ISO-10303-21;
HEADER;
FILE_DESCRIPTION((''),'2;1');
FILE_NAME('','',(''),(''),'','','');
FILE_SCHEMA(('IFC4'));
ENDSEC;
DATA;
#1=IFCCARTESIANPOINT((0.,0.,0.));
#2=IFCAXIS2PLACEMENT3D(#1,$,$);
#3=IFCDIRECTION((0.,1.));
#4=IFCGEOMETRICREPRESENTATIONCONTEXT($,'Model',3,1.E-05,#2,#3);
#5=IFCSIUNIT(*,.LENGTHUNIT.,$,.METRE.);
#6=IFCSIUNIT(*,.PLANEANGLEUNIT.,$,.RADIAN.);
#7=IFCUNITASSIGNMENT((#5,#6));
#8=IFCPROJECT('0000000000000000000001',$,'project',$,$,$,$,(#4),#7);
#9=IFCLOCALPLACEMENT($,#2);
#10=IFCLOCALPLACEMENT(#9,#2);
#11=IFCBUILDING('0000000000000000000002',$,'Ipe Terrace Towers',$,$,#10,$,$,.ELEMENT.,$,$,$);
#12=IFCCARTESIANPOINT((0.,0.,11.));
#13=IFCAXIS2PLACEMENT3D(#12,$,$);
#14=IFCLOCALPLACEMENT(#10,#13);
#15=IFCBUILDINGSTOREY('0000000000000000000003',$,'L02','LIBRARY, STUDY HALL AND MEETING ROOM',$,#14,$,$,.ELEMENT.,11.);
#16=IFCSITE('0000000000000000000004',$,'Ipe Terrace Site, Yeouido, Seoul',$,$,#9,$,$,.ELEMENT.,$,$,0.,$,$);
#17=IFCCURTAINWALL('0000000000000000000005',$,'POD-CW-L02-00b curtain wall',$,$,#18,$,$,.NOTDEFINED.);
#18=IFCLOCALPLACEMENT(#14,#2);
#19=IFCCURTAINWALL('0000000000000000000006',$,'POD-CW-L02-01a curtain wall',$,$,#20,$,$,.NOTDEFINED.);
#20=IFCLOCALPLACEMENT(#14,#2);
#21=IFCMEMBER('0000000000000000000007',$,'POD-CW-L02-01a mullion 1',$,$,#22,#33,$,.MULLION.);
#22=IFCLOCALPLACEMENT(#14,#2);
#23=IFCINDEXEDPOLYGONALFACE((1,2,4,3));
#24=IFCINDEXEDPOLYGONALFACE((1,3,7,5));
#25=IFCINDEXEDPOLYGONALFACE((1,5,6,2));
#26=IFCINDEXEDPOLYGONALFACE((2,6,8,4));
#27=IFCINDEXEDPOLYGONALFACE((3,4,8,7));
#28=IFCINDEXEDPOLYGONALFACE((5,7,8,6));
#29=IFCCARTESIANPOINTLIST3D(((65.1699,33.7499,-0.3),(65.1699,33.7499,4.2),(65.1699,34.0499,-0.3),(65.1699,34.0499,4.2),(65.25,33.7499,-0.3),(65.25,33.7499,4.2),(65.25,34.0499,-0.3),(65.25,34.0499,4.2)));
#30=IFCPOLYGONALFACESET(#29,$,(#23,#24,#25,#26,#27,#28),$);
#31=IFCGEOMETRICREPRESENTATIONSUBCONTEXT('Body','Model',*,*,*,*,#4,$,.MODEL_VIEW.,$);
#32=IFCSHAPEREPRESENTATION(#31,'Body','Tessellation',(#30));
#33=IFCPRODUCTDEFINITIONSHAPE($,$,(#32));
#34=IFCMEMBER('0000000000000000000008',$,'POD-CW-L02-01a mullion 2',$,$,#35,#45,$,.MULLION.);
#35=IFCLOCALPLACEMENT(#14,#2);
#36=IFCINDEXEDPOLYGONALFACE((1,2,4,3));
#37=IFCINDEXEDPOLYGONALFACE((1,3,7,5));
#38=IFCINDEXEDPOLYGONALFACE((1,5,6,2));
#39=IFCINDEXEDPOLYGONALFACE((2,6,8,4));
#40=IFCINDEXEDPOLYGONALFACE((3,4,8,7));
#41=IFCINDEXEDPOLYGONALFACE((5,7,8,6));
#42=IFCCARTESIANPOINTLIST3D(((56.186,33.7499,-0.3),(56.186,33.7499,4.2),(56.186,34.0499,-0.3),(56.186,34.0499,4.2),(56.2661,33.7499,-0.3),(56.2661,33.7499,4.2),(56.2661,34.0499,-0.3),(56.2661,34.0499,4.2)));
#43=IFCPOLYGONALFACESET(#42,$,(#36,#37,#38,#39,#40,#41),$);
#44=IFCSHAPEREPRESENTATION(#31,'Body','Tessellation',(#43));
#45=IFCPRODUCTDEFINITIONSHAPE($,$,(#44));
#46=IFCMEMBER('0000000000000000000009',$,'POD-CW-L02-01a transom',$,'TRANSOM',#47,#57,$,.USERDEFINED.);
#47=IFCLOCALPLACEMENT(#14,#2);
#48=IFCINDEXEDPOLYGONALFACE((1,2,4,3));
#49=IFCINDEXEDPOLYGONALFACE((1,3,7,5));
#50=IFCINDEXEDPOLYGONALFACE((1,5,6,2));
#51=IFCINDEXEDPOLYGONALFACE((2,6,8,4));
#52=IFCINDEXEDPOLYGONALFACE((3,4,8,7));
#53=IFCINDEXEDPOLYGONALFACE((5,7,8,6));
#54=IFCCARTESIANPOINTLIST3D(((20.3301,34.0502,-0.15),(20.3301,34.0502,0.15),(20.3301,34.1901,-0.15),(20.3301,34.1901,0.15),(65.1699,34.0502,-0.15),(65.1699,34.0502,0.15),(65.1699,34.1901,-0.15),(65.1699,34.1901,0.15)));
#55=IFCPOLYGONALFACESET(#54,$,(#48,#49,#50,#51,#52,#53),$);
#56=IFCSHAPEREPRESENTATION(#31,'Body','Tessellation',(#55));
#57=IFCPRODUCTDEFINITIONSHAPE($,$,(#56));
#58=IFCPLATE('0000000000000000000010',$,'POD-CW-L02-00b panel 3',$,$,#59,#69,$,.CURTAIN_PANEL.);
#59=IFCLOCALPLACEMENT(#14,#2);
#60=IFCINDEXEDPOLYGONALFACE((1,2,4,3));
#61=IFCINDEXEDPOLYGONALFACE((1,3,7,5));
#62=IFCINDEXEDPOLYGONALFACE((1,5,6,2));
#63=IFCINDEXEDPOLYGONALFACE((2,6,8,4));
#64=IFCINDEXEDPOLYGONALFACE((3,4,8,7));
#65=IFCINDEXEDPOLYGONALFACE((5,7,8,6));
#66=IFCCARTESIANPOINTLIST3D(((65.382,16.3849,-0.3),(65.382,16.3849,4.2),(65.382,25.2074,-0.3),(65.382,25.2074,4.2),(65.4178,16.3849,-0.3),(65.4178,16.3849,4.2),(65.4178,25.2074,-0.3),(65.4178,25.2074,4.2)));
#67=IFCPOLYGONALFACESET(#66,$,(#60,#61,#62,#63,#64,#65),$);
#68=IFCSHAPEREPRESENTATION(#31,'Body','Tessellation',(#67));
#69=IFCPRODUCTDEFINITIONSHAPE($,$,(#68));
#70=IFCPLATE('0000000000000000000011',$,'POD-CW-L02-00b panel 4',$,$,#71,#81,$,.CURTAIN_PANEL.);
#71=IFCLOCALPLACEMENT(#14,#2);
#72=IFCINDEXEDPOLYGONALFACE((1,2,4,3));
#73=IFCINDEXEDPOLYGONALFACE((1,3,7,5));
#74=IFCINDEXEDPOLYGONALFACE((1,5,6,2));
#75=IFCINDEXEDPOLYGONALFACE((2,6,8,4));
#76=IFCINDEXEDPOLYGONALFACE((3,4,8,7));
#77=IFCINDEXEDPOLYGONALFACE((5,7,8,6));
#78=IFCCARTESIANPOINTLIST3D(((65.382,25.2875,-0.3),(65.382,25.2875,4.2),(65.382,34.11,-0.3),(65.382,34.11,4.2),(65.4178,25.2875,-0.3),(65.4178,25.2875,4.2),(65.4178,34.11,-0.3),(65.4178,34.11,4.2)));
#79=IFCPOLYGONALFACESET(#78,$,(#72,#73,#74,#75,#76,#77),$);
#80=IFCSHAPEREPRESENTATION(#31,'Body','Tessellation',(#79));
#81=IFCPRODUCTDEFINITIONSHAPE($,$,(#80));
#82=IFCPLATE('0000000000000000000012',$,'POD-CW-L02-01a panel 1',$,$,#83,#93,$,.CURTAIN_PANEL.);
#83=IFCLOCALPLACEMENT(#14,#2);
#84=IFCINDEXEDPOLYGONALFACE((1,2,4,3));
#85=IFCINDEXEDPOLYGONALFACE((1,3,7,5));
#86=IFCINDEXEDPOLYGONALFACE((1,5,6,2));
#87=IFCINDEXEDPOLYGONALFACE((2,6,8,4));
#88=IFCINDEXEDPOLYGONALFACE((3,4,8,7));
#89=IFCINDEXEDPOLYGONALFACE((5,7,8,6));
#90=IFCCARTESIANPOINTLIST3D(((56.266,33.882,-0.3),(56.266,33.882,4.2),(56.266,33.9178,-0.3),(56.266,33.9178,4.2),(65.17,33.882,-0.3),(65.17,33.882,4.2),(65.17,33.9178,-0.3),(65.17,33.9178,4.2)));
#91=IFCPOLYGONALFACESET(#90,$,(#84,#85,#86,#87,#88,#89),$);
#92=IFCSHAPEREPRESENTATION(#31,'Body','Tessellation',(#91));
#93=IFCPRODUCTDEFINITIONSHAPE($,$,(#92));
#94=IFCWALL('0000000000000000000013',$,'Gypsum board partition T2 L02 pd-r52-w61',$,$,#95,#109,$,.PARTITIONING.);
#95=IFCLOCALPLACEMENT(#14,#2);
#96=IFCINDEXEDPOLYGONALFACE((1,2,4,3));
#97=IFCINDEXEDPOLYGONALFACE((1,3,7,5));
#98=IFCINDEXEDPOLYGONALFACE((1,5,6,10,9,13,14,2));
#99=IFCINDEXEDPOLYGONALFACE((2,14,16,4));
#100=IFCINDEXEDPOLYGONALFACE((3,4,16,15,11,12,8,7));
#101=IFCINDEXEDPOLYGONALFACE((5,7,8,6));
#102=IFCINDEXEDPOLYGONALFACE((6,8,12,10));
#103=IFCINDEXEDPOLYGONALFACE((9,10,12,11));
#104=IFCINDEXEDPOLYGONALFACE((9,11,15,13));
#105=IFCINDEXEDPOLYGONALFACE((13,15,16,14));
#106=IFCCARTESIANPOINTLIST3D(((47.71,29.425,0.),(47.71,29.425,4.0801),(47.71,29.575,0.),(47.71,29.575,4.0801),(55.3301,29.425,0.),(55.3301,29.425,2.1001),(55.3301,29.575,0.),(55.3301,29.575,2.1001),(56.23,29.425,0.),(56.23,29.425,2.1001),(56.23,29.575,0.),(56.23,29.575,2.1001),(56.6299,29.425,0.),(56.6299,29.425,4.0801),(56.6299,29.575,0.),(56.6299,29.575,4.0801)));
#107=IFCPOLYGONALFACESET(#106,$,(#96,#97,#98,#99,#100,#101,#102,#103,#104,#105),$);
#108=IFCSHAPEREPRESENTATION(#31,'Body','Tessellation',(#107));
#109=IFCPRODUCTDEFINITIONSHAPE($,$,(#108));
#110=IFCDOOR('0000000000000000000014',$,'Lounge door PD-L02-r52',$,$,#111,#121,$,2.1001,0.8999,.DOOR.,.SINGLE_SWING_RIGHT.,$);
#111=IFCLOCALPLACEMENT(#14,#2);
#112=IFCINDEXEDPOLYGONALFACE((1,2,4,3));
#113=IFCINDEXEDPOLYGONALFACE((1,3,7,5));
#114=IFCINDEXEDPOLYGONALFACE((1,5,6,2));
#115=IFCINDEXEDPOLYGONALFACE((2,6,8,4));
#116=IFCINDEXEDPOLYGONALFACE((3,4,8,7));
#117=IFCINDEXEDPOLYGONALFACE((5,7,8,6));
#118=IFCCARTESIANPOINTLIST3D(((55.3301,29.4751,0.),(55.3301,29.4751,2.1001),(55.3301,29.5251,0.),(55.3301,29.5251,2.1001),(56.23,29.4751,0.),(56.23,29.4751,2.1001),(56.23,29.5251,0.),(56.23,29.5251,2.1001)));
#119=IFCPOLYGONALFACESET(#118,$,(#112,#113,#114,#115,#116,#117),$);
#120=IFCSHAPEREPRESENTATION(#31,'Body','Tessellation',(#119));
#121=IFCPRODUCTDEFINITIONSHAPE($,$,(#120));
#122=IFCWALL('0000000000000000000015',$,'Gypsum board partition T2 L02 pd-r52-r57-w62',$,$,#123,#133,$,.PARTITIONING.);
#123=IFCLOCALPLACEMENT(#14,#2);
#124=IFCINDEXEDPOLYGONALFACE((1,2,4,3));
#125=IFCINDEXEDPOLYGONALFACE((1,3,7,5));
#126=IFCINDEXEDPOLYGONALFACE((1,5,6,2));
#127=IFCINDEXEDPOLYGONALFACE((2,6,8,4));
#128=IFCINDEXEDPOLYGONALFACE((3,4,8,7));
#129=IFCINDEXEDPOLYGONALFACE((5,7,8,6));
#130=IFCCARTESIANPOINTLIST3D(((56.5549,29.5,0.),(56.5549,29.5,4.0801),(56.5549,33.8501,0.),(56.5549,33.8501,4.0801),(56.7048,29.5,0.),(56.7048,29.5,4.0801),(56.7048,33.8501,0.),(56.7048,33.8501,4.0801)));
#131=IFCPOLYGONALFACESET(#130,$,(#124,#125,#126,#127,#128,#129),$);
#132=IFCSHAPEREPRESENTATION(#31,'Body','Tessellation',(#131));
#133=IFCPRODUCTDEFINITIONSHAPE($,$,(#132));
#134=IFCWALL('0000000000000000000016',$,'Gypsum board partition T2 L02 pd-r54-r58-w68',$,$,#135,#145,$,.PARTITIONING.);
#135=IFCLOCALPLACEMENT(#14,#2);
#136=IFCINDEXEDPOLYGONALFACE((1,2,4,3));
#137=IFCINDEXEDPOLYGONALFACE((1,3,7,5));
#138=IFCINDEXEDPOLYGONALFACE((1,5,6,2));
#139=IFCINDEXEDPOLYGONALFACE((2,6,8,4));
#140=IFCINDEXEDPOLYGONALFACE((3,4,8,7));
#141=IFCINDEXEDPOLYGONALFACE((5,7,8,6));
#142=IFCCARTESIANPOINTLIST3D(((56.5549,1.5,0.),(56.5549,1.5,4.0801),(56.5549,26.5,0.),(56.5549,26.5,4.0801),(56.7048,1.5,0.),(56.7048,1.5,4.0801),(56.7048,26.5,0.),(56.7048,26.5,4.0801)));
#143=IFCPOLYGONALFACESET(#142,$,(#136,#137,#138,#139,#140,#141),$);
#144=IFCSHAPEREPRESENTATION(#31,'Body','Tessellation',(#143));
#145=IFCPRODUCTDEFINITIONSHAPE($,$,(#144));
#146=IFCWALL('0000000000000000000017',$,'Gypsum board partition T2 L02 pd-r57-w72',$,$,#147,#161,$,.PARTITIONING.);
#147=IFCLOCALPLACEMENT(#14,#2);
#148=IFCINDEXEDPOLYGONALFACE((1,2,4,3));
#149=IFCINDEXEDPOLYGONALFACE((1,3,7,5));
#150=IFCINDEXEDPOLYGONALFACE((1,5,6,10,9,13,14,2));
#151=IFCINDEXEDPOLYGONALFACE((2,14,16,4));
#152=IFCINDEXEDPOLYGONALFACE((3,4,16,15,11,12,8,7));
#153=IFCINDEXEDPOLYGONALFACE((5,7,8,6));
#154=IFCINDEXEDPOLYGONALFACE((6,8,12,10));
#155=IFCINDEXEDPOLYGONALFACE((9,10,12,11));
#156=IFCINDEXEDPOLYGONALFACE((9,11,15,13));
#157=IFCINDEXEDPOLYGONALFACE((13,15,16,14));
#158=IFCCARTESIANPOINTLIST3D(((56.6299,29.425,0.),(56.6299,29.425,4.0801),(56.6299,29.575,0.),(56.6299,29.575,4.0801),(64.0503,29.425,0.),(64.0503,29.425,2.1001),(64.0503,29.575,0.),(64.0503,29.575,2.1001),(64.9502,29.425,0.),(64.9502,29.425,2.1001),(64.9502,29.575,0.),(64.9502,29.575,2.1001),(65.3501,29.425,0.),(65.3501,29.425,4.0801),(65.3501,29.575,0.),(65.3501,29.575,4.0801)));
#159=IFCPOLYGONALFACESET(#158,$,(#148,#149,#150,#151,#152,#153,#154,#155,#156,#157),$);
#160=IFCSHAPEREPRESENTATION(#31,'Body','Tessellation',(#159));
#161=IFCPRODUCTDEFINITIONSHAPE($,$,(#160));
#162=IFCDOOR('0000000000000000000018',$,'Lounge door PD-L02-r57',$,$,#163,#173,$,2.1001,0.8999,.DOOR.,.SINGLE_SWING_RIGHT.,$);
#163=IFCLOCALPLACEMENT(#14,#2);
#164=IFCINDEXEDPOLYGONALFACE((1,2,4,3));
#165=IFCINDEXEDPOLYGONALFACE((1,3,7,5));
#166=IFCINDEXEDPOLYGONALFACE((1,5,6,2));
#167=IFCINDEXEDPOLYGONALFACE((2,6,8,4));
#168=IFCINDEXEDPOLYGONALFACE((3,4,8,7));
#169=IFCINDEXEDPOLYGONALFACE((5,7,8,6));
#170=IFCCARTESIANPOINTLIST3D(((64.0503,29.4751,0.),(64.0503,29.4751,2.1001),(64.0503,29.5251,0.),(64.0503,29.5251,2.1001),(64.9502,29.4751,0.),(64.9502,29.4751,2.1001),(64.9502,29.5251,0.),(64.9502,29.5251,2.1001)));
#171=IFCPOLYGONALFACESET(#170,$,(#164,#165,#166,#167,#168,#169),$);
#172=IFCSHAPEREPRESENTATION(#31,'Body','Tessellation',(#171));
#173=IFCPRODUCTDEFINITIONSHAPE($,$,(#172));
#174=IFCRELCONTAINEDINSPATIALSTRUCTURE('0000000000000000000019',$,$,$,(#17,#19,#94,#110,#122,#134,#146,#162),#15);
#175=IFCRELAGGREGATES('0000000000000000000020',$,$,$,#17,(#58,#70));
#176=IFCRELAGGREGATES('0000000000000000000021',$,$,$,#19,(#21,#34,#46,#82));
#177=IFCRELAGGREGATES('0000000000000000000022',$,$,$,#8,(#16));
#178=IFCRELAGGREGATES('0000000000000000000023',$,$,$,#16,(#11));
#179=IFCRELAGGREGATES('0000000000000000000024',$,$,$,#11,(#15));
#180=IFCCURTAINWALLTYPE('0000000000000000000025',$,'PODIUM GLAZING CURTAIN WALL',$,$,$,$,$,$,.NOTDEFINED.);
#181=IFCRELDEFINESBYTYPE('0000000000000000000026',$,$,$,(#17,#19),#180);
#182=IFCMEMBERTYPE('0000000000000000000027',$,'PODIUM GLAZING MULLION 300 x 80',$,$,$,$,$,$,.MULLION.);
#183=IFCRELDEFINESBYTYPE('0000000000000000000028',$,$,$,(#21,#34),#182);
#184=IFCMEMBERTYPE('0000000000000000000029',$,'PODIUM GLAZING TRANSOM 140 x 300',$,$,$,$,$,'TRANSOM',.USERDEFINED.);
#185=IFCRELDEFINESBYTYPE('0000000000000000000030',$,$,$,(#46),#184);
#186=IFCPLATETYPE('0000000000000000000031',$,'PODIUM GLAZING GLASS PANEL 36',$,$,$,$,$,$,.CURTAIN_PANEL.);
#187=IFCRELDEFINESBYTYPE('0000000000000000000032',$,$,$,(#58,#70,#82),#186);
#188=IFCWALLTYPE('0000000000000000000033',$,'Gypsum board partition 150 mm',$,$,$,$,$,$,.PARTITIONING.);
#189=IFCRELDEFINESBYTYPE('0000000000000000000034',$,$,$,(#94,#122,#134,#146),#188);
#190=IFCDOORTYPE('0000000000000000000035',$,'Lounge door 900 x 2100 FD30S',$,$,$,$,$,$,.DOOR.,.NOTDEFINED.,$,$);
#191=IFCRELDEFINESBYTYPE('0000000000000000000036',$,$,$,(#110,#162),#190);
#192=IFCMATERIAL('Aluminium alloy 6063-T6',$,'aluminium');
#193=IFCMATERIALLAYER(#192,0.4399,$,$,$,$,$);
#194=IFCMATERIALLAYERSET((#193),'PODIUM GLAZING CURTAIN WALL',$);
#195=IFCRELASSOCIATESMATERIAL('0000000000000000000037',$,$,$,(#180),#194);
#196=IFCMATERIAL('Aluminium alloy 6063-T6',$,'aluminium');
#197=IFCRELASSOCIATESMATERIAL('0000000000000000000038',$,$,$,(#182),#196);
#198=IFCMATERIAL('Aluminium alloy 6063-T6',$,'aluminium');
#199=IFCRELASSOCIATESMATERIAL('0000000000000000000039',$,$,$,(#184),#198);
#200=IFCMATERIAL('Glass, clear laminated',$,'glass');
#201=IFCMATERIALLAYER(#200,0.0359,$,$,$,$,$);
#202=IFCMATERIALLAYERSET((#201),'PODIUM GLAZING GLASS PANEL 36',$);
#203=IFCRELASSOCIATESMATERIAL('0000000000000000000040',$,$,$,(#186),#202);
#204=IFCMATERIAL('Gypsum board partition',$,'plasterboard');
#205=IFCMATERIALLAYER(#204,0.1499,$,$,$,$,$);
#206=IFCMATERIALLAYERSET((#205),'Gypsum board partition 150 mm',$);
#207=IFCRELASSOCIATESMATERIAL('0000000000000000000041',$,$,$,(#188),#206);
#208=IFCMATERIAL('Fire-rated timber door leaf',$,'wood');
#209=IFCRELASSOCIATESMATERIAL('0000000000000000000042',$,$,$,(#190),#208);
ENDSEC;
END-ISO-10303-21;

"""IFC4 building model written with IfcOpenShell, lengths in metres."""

from ifc_helpers import new_model, si_unit, direction, frame, frame_2d, origin, origin_2d, place, context, subcontext, project, spatial, rectangle, extrude, material, layer, layer_set, material_profile, profile_set, type_object, element, fill, aggregate, save


model = new_model("IFC4")

# Units and contexts
model_context = context("Model", 3, precision=1e-05, world=origin(), true_north=direction((0.0, 1.0)))
body_context = subcontext(model_context, "Body", "Model", "MODEL_VIEW")
ifc_project = project(units=[si_unit("LENGTHUNIT", "METRE"), si_unit("PLANEANGLEUNIT", "RADIAN")], contexts=[model_context])

# Site, building, storey
site_placement = place(None, origin())
site = spatial("IfcSite", under=ifc_project, at=site_placement, Name="Ipe Terrace Site, Yeouido, Seoul", CompositionType="ELEMENT", RefElevation=0.0)
building_placement = place(site_placement, origin())
building = spatial("IfcBuilding", under=site, at=building_placement, Name="Ipe Terrace Towers", CompositionType="ELEMENT")
storey_placement = place(building_placement, frame((0.0, 0.0, 11.0)))
storey = spatial("IfcBuildingStorey", under=building, at=storey_placement, Name="L02", Description="LIBRARY, STUDY HALL AND MEETING ROOM", CompositionType="ELEMENT", Elevation=11.0)

# Curtain walls, members
ifc_material_1 = material(Name="Aluminium alloy 6063-T6", Category="aluminium")
ifc_layer_1 = layer(ifc_material_1, 0.4399)
ifc_layer_set_1 = layer_set([ifc_layer_1], Name="PODIUM GLAZING CURTAIN WALL")
curtain_wall_type = type_object("IfcCurtainWallType", Name="PODIUM GLAZING CURTAIN WALL", PredefinedType="NOTDEFINED", material=ifc_layer_set_1)
curtain_wall_1_placement = place(storey_placement, origin())
curtain_wall_1 = element("IfcCurtainWall", 1, at=curtain_wall_1_placement, inside=storey, type_object=curtain_wall_type, Name="POD-CW-L02-00b curtain wall", PredefinedType="NOTDEFINED")
ifc_material_2 = material(Name="Aluminium alloy 6063-T6", Category="aluminium")
ifc_material_profile_1 = material_profile(ifc_material_2, rectangle(XDim=0.3, YDim=0.0801, at=origin_2d()), Name="PODIUM GLAZING MULLION 300 x 80")
ifc_profile_set_1 = profile_set([ifc_material_profile_1], Name="Aluminium alloy 6063-T6")
member_type_1 = type_object("IfcMemberType", Name="PODIUM GLAZING MULLION 300 x 80", PredefinedType="MULLION", material=ifc_profile_set_1)
curtain_wall_2_placement = place(storey_placement, origin())
curtain_wall_2 = element("IfcCurtainWall", 2, at=curtain_wall_2_placement, inside=storey, type_object=curtain_wall_type, Name="POD-CW-L02-01a curtain wall", PredefinedType="NOTDEFINED")
member_1_placement = place(storey_placement, frame((65.21, 33.8999, -0.3), z_axis=(0.0, 0.0, 1.0), x_axis=(0.0, 1.0, 0.0)))
member_1 = element("IfcMember", 3, at=member_1_placement, type_object=member_type_1, Name="POD-CW-L02-01a mullion 1", PredefinedType="MULLION", context=body_context, shape_type="SweptSolid", body=[
    extrude(rectangle(XDim=0.3, YDim=0.0801, at=origin_2d()), origin(), (0.0, 0.0, 1.0), 4.5),
])
member_2_placement = place(storey_placement, frame((56.2261, 33.8999, -0.3), z_axis=(0.0, 0.0, 1.0), x_axis=(0.0, 1.0, 0.0)))
member_2 = element("IfcMember", 4, at=member_2_placement, type_object=member_type_1, Name="POD-CW-L02-01a mullion 2", PredefinedType="MULLION", context=body_context, shape_type="SweptSolid", body=[
    extrude(rectangle(XDim=0.3, YDim=0.0801, at=origin_2d()), origin(), (0.0, 0.0, 1.0), 4.5),
])
ifc_material_3 = material(Name="Aluminium alloy 6063-T6", Category="aluminium")
ifc_material_profile_2 = material_profile(ifc_material_3, rectangle(XDim=0.1399, YDim=0.3, at=origin_2d()), Name="PODIUM GLAZING TRANSOM 140 x 300")
ifc_profile_set_2 = profile_set([ifc_material_profile_2], Name="Aluminium alloy 6063-T6")
member_type_2 = type_object("IfcMemberType", Name="PODIUM GLAZING TRANSOM 140 x 300", ElementType="TRANSOM", PredefinedType="USERDEFINED", material=ifc_profile_set_2)
member_3_placement = place(storey_placement, frame((65.1699, 34.1201, 0.0), z_axis=(-1.0, 0.0, 0.0), x_axis=(0.0, 1.0, 0.0)))
member_3 = element("IfcMember", 5, at=member_3_placement, type_object=member_type_2, Name="POD-CW-L02-01a transom", ObjectType="TRANSOM", PredefinedType="USERDEFINED", context=body_context, shape_type="SweptSolid", body=[
    extrude(rectangle(XDim=0.1399, YDim=0.3, at=origin_2d()), origin(), (0.0, 0.0, 1.0), 44.8398),
])

# Plates
ifc_material_4 = material(Name="Glass, clear laminated", Category="glass")
ifc_layer_2 = layer(ifc_material_4, 0.0359)
ifc_layer_set_2 = layer_set([ifc_layer_2], Name="PODIUM GLAZING GLASS PANEL 36")
plate_type = type_object("IfcPlateType", Name="PODIUM GLAZING GLASS PANEL 36", PredefinedType="CURTAIN_PANEL", material=ifc_layer_set_2)
plate_1_placement = place(storey_placement, frame((65.3999, 20.7961, -0.3), z_axis=(0.0, 0.0, 1.0), x_axis=(0.0, 1.0, 0.0)))
plate_1 = element("IfcPlate", 6, at=plate_1_placement, type_object=plate_type, Name="POD-CW-L02-00b panel 3", PredefinedType="CURTAIN_PANEL", context=body_context, shape_type="SweptSolid", body=[
    extrude(rectangle(XDim=8.8225, YDim=0.0359, at=origin_2d()), origin(), (0.0, 0.0, 1.0), 4.5),
])
plate_2_placement = place(storey_placement, frame((65.3999, 29.6987, -0.3), z_axis=(0.0, 0.0, 1.0), x_axis=(0.0, 1.0, 0.0)))
plate_2 = element("IfcPlate", 7, at=plate_2_placement, type_object=plate_type, Name="POD-CW-L02-00b panel 4", PredefinedType="CURTAIN_PANEL", context=body_context, shape_type="SweptSolid", body=[
    extrude(rectangle(XDim=8.8225, YDim=0.0359, at=origin_2d()), origin(), (0.0, 0.0, 1.0), 4.5),
])
aggregate(curtain_wall_1, [plate_1, plate_2])
plate_3_placement = place(storey_placement, frame((60.718, 33.8999, -0.3), z_axis=(0.0, 0.0, 1.0), x_axis=(-1.0, 0.0, 0.0)))
plate_3 = element("IfcPlate", 8, at=plate_3_placement, type_object=plate_type, Name="POD-CW-L02-01a panel 1", PredefinedType="CURTAIN_PANEL", context=body_context, shape_type="SweptSolid", body=[
    extrude(rectangle(XDim=8.9041, YDim=0.0359, at=origin_2d()), origin(), (0.0, 0.0, 1.0), 4.5),
])
aggregate(curtain_wall_2, [member_1, member_2, member_3, plate_3])

# Wall, opening, door
ifc_material_5 = material(Name="Gypsum board partition", Category="plasterboard")
ifc_layer_3 = layer(ifc_material_5, 0.1499)
ifc_layer_set_3 = layer_set([ifc_layer_3], Name="Gypsum board partition 150 mm")
wall_type = type_object("IfcWallType", Name="Gypsum board partition 150 mm", PredefinedType="PARTITIONING", material=ifc_layer_set_3)
wall_1_placement = place(storey_placement, frame((56.6299, 29.5, 0.0), z_axis=(0.0, 0.0, 1.0), x_axis=(-1.0, 0.0, 0.0)))
wall_1 = element("IfcWall", 9, at=wall_1_placement, inside=storey, type_object=wall_type, Name="Gypsum board partition T2 L02 pd-r52-w61", PredefinedType="PARTITIONING", context=body_context, shape_type="SweptSolid", body=[
    extrude(rectangle(XDim=8.9199, YDim=0.1499, at=frame_2d((4.46, 0.0))), origin(), (0.0, 0.0, 1.0), 4.0801),
])
opening_1_placement = place(wall_1_placement, frame((0.3999, 0.0, 0.0)))
opening_1 = element("IfcOpeningElement", 10, at=opening_1_placement, cuts=wall_1, PredefinedType="OPENING", context=body_context, shape_type="SweptSolid", body=[
    extrude(rectangle(XDim=0.8999, YDim=2.1001, at=frame_2d((0.45, 1.05))), frame((0.0, 0.085, 0.0), z_axis=(0.0, -1.0, 0.0), x_axis=(1.0, 0.0, 0.0)), (0.0, 0.0, 1.0), 0.1699),
])
ifc_material_6 = material(Name="Fire-rated timber door leaf", Category="wood")
door_type_1 = type_object("IfcDoorType", Name="Lounge door 900 x 2100 FD30S", OperationType="NOTDEFINED", PredefinedType="DOOR", material=ifc_material_6)
door_1_placement = place(opening_1_placement, origin())
door_1 = element("IfcDoor", 11, at=door_1_placement, inside=storey, type_object=door_type_1, Name="Lounge door PD-L02-r52", OperationType="SINGLE_SWING_RIGHT", OverallHeight=2.1001, OverallWidth=0.8999, PredefinedType="DOOR", context=body_context, shape_type="SweptSolid", body=[
    extrude(rectangle(XDim=0.8999, YDim=2.1001, at=frame_2d((0.45, 1.05))), frame((0.0, 0.0249, 0.0), z_axis=(0.0, -1.0, 0.0), x_axis=(1.0, 0.0, 0.0)), (0.0, 0.0, 1.0), 0.05),
])
fill(opening_1, door_1)

# Walls
wall_2_placement = place(storey_placement, frame((56.6299, 33.8501, 0.0), z_axis=(0.0, 0.0, 1.0), x_axis=(0.0, -1.0, 0.0)))
element("IfcWall", 12, at=wall_2_placement, inside=storey, type_object=wall_type, Name="Gypsum board partition T2 L02 pd-r52-r57-w62", PredefinedType="PARTITIONING", context=body_context, shape_type="SweptSolid", body=[
    extrude(rectangle(XDim=4.3501, YDim=0.1499, at=frame_2d((2.175, 0.0))), origin(), (0.0, 0.0, 1.0), 4.0801),
])
wall_3_placement = place(storey_placement, frame((56.6299, 26.5, 0.0), z_axis=(0.0, 0.0, 1.0), x_axis=(0.0, -1.0, 0.0)))
element("IfcWall", 13, at=wall_3_placement, inside=storey, type_object=wall_type, Name="Gypsum board partition T2 L02 pd-r54-r58-w68", PredefinedType="PARTITIONING", context=body_context, shape_type="SweptSolid", body=[
    extrude(rectangle(XDim=25.0, YDim=0.1499, at=frame_2d((12.5, 0.0))), origin(), (0.0, 0.0, 1.0), 4.0801),
])

# Wall, opening, door
wall_4_placement = place(storey_placement, frame((65.3501, 29.5, 0.0), z_axis=(0.0, 0.0, 1.0), x_axis=(-1.0, 0.0, 0.0)))
wall_4 = element("IfcWall", 14, at=wall_4_placement, inside=storey, type_object=wall_type, Name="Gypsum board partition T2 L02 pd-r57-w72", PredefinedType="PARTITIONING", context=body_context, shape_type="SweptSolid", body=[
    extrude(rectangle(XDim=8.7202, YDim=0.1499, at=frame_2d((4.3601, 0.0))), origin(), (0.0, 0.0, 1.0), 4.0801),
])
opening_2_placement = place(wall_4_placement, frame((0.3999, 0.0, 0.0)))
opening_2 = element("IfcOpeningElement", 15, at=opening_2_placement, cuts=wall_4, PredefinedType="OPENING", context=body_context, shape_type="SweptSolid", body=[
    extrude(rectangle(XDim=0.8999, YDim=2.1001, at=frame_2d((0.45, 1.05))), frame((0.0, 0.085, 0.0), z_axis=(0.0, -1.0, 0.0), x_axis=(1.0, 0.0, 0.0)), (0.0, 0.0, 1.0), 0.1699),
])
door_2_placement = place(opening_2_placement, origin())
door_2 = element("IfcDoor", 16, at=door_2_placement, inside=storey, type_object=door_type_1, Name="Lounge door PD-L02-r57", OperationType="SINGLE_SWING_RIGHT", OverallHeight=2.1001, OverallWidth=0.8999, PredefinedType="DOOR", context=body_context, shape_type="SweptSolid", body=[
    extrude(rectangle(XDim=0.8999, YDim=2.1001, at=frame_2d((0.45, 1.05))), frame((0.0, 0.0249, 0.0), z_axis=(0.0, -1.0, 0.0), x_axis=(1.0, 0.0, 0.0)), (0.0, 0.0, 1.0), 0.05),
])
fill(opening_2, door_2)

save(model, "model.ifc")
